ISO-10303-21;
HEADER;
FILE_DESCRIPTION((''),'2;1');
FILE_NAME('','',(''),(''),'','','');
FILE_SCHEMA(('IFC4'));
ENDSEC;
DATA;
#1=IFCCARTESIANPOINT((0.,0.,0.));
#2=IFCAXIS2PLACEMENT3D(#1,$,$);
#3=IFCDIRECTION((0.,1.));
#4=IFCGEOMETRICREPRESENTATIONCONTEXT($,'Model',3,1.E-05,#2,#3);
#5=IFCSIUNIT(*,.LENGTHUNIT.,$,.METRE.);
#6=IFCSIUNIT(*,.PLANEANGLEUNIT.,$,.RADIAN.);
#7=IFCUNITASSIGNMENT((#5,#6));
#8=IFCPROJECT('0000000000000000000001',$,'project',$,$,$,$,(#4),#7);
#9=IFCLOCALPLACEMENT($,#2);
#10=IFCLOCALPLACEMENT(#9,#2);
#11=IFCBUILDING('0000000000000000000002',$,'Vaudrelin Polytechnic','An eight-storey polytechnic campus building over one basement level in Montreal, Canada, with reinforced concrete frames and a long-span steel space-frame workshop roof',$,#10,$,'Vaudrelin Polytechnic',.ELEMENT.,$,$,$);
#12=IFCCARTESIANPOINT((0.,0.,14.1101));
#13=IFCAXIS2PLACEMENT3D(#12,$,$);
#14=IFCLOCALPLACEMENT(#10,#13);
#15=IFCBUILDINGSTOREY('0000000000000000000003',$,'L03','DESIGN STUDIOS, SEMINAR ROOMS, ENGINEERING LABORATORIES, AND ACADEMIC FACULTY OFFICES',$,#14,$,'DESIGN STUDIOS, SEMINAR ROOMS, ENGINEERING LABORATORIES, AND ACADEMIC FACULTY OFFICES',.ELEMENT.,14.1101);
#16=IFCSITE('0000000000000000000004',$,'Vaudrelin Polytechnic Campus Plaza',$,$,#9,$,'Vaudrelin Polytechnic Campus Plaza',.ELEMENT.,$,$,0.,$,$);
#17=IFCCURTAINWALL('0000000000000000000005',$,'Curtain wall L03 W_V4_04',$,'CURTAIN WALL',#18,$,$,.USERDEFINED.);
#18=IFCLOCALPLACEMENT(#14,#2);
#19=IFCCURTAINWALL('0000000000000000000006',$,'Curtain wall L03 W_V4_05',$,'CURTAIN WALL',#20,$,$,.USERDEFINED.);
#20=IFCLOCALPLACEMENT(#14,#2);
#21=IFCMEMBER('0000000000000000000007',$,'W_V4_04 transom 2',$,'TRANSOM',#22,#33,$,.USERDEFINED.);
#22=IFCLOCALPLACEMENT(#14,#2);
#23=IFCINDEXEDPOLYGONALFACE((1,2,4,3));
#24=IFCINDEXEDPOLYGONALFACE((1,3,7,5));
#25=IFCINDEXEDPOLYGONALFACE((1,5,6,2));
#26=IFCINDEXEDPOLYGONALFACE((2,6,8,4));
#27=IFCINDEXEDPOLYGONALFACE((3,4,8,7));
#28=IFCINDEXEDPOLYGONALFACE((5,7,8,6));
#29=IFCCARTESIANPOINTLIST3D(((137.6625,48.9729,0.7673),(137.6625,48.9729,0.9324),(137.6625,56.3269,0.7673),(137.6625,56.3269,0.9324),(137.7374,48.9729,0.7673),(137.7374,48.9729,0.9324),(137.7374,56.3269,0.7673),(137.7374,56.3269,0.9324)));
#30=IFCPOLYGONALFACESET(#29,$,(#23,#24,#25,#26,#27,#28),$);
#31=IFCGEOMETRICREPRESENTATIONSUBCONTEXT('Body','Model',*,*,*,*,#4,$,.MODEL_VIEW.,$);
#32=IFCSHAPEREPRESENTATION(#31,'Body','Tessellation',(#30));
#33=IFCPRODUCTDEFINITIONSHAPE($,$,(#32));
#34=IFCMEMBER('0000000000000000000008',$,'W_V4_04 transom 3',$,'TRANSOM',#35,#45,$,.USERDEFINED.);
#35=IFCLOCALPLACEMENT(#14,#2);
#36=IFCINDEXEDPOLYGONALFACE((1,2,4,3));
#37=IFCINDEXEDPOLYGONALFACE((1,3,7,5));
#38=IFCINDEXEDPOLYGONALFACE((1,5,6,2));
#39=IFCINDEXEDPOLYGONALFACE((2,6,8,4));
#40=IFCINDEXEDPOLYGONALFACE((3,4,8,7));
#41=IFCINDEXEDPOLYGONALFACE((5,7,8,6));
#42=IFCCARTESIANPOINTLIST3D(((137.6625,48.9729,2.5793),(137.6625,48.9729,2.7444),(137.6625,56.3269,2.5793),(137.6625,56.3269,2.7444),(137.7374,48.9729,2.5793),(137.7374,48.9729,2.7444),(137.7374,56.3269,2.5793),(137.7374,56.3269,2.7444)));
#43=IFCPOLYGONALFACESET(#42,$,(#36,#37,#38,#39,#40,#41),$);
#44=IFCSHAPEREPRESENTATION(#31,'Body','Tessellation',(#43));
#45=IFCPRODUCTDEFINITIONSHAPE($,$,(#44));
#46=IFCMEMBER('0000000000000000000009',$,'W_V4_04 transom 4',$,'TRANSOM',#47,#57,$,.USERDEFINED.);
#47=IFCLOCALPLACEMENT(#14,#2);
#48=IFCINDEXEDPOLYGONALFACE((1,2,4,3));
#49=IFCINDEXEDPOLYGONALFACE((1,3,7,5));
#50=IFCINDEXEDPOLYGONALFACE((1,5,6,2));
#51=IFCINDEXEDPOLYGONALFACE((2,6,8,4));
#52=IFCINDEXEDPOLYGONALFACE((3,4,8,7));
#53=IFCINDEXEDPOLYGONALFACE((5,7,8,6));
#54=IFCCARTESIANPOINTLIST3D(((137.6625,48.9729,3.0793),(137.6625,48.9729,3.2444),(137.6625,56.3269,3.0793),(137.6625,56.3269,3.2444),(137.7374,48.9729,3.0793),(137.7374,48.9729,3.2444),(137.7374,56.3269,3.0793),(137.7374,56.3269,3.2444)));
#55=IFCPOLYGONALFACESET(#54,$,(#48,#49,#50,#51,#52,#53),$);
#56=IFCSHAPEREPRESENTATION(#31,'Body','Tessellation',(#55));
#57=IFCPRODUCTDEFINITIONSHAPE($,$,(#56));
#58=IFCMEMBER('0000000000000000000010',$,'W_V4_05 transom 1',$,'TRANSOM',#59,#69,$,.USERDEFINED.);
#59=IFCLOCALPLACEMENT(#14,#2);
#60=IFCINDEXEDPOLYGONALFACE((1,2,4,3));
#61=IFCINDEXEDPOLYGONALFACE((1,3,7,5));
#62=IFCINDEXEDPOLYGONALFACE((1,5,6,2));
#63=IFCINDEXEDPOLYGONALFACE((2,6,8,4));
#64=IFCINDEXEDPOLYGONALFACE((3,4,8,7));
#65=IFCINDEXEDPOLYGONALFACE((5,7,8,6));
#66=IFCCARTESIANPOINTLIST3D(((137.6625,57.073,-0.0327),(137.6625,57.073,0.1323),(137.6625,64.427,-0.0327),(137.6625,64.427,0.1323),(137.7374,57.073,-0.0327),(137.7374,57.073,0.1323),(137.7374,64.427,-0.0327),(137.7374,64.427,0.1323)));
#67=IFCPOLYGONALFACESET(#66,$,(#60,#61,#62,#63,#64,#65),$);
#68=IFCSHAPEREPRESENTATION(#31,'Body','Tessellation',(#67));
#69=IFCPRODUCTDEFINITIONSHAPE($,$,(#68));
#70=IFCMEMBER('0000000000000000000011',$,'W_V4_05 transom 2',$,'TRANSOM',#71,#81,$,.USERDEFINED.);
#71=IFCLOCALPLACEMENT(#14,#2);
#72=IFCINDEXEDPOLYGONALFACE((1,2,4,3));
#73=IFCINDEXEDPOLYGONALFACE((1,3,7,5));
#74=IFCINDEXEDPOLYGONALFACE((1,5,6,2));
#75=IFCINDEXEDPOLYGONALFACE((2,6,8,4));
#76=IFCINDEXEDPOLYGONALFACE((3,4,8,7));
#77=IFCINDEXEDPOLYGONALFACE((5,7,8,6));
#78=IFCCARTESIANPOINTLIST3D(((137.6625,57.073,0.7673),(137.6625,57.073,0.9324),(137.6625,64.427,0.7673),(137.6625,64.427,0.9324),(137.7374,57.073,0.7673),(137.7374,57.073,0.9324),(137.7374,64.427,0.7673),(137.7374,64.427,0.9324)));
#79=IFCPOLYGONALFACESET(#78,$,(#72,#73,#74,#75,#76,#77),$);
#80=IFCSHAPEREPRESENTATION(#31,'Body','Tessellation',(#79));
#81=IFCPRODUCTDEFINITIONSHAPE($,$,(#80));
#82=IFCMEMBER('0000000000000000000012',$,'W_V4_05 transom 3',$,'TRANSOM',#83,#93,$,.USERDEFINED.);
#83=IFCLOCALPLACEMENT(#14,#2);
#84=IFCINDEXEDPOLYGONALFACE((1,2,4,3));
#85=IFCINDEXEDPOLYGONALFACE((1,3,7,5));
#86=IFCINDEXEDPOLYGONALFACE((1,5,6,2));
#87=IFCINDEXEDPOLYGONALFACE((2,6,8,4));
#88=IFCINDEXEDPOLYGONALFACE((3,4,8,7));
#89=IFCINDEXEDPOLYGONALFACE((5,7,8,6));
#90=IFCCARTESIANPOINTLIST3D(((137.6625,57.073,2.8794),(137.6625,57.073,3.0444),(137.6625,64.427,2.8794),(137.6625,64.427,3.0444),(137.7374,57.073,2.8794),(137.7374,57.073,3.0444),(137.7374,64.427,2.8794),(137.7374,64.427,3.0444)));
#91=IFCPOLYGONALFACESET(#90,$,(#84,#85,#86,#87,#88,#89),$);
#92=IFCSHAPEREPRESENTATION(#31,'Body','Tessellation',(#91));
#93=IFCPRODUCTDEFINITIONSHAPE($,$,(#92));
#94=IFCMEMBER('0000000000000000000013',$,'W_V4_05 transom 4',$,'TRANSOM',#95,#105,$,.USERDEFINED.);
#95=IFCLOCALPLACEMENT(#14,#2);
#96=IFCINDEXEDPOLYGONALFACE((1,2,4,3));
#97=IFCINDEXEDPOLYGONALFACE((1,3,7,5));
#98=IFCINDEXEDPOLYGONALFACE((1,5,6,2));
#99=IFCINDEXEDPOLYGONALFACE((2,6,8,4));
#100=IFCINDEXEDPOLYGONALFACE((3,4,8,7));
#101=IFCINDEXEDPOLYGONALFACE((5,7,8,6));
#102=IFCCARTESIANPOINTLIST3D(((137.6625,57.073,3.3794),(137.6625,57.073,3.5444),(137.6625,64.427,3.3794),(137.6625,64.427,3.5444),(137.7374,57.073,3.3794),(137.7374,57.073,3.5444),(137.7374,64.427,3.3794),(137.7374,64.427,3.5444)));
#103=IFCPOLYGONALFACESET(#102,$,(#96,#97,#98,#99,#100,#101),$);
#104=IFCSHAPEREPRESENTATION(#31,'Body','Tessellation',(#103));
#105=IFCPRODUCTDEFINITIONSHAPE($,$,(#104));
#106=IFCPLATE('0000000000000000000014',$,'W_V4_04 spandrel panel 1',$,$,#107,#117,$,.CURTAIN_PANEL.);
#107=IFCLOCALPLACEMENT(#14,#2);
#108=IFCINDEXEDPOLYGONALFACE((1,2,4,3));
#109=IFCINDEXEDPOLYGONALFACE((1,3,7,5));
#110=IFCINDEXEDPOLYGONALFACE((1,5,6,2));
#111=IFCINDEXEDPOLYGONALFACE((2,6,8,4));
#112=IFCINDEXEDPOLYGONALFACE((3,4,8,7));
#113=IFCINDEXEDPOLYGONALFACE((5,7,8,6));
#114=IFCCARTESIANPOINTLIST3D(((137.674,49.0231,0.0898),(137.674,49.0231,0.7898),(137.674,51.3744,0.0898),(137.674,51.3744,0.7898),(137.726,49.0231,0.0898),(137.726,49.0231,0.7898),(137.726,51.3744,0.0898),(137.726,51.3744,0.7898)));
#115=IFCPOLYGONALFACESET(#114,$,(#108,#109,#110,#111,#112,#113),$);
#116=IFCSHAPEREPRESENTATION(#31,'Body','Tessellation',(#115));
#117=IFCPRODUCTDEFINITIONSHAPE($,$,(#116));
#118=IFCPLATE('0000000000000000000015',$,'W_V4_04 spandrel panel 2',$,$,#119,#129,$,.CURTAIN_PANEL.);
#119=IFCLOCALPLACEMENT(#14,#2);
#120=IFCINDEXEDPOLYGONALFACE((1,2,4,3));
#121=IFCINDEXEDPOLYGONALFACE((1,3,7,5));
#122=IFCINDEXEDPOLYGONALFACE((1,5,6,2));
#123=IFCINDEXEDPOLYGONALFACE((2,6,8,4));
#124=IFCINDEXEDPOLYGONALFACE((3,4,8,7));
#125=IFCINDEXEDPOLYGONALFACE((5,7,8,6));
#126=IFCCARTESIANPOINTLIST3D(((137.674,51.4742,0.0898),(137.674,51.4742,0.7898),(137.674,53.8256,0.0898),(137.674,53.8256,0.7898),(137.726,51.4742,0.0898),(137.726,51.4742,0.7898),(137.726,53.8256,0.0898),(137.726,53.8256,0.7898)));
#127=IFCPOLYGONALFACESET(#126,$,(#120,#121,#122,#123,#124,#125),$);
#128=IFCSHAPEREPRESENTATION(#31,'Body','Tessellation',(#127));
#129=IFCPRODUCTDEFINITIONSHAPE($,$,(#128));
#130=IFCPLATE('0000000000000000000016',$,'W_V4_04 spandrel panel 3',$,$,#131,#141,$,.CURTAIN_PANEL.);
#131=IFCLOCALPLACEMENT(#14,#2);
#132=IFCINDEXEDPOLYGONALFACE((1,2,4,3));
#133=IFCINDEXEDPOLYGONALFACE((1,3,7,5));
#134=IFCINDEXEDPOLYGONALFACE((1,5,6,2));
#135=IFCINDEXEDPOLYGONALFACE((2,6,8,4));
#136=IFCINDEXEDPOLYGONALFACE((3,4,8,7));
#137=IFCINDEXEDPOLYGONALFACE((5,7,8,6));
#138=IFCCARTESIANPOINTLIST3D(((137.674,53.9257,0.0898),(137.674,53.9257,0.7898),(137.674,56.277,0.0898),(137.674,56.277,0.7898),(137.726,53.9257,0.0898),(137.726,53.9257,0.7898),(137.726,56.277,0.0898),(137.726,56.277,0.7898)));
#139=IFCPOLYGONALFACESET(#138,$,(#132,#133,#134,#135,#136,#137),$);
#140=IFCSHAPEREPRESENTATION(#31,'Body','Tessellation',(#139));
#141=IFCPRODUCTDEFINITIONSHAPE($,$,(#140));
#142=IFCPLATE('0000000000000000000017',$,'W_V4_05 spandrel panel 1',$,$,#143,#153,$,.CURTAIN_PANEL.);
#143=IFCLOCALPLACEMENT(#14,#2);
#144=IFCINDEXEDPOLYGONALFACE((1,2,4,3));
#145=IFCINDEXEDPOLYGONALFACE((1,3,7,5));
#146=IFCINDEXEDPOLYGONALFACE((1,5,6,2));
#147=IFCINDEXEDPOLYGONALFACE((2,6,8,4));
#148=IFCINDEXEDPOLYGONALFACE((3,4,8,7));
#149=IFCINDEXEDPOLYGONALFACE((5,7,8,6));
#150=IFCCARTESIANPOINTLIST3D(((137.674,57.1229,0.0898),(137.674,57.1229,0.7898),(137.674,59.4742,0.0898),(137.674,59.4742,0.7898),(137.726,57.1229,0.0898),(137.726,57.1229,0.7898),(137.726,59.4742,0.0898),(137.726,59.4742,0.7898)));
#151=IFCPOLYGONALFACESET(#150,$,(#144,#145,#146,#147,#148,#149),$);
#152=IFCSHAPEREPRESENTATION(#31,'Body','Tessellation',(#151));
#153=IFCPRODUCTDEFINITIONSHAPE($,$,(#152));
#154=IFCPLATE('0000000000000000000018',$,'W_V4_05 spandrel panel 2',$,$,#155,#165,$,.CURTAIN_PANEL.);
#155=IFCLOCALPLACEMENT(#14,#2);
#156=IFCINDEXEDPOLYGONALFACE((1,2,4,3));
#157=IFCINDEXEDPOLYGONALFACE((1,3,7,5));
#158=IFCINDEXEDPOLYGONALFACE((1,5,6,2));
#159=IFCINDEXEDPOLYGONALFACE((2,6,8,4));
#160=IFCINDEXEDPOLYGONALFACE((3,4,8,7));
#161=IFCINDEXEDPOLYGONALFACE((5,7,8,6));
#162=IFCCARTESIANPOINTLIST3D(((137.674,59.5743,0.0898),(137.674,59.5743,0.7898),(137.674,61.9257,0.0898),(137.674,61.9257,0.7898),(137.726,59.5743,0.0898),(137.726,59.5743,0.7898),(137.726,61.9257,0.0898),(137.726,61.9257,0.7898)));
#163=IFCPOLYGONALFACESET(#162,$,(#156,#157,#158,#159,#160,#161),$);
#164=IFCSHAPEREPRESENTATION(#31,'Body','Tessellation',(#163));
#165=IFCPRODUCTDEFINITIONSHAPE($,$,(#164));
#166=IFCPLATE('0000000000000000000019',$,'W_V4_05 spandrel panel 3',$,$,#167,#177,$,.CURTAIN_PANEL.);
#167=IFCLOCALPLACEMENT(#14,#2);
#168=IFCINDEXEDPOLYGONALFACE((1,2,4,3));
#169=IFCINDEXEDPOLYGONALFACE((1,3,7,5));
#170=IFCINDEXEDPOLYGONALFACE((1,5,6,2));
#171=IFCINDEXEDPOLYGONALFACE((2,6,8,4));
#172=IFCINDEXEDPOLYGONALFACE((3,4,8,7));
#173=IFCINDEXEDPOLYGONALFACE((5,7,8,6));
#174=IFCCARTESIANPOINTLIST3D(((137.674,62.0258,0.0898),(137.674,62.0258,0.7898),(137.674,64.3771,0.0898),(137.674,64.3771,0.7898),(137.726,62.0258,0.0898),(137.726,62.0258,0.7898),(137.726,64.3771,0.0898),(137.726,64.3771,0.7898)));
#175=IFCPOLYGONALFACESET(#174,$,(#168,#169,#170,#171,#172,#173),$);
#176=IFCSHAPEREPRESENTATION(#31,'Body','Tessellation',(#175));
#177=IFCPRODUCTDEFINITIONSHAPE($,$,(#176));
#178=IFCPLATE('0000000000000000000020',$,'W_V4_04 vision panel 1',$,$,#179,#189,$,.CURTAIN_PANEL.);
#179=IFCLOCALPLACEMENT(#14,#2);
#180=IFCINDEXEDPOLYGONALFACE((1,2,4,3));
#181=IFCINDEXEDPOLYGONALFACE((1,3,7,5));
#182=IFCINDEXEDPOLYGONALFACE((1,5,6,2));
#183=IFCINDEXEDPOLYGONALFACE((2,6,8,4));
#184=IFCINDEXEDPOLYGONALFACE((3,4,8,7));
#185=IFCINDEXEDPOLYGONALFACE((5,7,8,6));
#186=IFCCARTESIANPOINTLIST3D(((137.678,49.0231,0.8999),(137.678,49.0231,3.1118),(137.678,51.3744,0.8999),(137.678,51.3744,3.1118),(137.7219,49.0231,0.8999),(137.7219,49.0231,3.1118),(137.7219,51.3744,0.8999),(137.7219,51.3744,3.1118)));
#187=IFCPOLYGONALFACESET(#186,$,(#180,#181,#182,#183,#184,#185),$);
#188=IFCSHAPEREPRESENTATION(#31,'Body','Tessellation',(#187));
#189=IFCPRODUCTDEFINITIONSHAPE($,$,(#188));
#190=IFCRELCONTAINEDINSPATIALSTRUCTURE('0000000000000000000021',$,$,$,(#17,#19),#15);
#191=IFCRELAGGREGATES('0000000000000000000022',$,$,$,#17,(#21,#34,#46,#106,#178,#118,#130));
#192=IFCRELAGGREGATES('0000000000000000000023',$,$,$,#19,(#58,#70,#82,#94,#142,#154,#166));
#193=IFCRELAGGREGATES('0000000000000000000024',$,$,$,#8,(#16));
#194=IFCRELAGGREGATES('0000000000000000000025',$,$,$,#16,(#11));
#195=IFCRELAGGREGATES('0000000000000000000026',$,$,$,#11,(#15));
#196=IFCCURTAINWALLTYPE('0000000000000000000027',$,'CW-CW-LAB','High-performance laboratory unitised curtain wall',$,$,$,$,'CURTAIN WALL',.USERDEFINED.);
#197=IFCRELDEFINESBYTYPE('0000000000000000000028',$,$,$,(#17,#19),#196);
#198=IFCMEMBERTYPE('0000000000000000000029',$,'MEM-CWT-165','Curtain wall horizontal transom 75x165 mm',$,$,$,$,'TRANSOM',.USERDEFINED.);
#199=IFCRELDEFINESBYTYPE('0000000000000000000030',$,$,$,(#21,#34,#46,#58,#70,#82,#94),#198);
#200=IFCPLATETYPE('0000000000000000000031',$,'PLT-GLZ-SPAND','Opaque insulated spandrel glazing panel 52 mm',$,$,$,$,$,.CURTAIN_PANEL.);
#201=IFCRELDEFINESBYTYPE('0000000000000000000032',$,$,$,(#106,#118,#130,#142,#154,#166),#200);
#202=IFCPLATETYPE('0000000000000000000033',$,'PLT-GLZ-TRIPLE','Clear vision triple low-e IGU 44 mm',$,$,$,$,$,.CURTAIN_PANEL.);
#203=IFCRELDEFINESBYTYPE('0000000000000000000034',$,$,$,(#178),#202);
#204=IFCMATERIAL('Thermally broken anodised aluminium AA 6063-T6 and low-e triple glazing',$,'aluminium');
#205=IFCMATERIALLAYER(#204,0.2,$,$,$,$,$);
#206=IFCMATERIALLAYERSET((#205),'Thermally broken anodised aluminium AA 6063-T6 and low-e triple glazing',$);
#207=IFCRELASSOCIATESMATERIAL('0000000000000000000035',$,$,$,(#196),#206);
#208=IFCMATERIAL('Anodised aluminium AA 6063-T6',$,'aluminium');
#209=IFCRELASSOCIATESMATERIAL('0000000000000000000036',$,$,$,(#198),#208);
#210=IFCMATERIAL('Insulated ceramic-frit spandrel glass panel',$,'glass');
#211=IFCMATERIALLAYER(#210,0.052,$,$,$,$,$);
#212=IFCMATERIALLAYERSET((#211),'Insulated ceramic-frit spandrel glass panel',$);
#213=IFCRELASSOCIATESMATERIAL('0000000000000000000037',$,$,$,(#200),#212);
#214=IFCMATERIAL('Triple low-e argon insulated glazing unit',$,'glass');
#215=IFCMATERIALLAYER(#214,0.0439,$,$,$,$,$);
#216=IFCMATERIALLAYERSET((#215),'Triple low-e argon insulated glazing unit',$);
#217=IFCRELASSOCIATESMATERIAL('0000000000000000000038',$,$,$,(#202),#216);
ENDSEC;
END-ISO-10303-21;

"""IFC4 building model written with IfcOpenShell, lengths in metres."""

from ifc_helpers import new_model, si_unit, direction, frame, origin, origin_2d, place, context, subcontext, project, spatial, rectangle, extrude, material, layer, layer_set, material_profile, profile_set, type_object, element, aggregate, save


model = new_model("IFC4")

# Units and contexts
model_context = context("Model", 3, precision=1e-05, world=origin(), true_north=direction((0.0, 1.0)))
body_context = subcontext(model_context, "Body", "Model", "MODEL_VIEW")
ifc_project = project(units=[si_unit("LENGTHUNIT", "METRE"), si_unit("PLANEANGLEUNIT", "RADIAN")], contexts=[model_context])

# Site, building, storey
site_placement = place(None, origin())
site = spatial("IfcSite", under=ifc_project, at=site_placement, Name="Vaudrelin Polytechnic Campus Plaza", LongName="Vaudrelin Polytechnic Campus Plaza", CompositionType="ELEMENT", RefElevation=0.0)
building_placement = place(site_placement, origin())
building = spatial("IfcBuilding", under=site, at=building_placement, Name="Vaudrelin Polytechnic", Description="An eight-storey polytechnic campus building over one basement level in Montreal, Canada, with reinforced concrete frames and a long-span steel space-frame workshop roof", LongName="Vaudrelin Polytechnic", CompositionType="ELEMENT")
storey_placement = place(building_placement, frame((0.0, 0.0, 14.1101)))
storey = spatial("IfcBuildingStorey", under=building, at=storey_placement, Name="L03", Description="DESIGN STUDIOS, SEMINAR ROOMS, ENGINEERING LABORATORIES, AND ACADEMIC FACULTY OFFICES", LongName="DESIGN STUDIOS, SEMINAR ROOMS, ENGINEERING LABORATORIES, AND ACADEMIC FACULTY OFFICES", CompositionType="ELEMENT", Elevation=14.1101)

# Curtain walls
ifc_material_1 = material(Name="Thermally broken anodised aluminium AA 6063-T6 and low-e triple glazing", Category="aluminium")
ifc_layer_1 = layer(ifc_material_1, 0.2)
ifc_layer_set_1 = layer_set([ifc_layer_1], Name="Thermally broken anodised aluminium AA 6063-T6 and low-e triple glazing")
curtain_wall_type = type_object("IfcCurtainWallType", Name="CW-CW-LAB", Description="High-performance laboratory unitised curtain wall", ElementType="CURTAIN WALL", PredefinedType="USERDEFINED", material=ifc_layer_set_1)
curtain_wall_1_placement = place(storey_placement, origin())
curtain_wall_1 = element("IfcCurtainWall", 1, at=curtain_wall_1_placement, inside=storey, type_object=curtain_wall_type, Name="Curtain wall L03 W_V4_04", ObjectType="CURTAIN WALL", PredefinedType="USERDEFINED")
ifc_material_2 = material(Name="Anodised aluminium AA 6063-T6", Category="aluminium")
curtain_wall_2_placement = place(storey_placement, origin())
curtain_wall_2 = element("IfcCurtainWall", 2, at=curtain_wall_2_placement, inside=storey, type_object=curtain_wall_type, Name="Curtain wall L03 W_V4_05", ObjectType="CURTAIN WALL", PredefinedType="USERDEFINED")

# Members
ifc_material_profile_1 = material_profile(ifc_material_2, rectangle(XDim=0.075, YDim=0.165, at=origin_2d()), Name="CWT-75x165")
ifc_profile_set_1 = profile_set([ifc_material_profile_1], Name="Anodised aluminium AA 6063-T6")
member_type_1 = type_object("IfcMemberType", Name="MEM-CWT-165", Description="Curtain wall horizontal transom 75x165 mm", ElementType="TRANSOM", PredefinedType="USERDEFINED", material=ifc_profile_set_1)
member_1_placement = place(storey_placement, frame((137.7, 48.9729, 0.8499), z_axis=(0.0, 1.0, 0.0), x_axis=(-1.0, 0.0, 0.0)))
member_1 = element("IfcMember", 3, at=member_1_placement, type_object=member_type_1, Name="W_V4_04 transom 2", ObjectType="TRANSOM", PredefinedType="USERDEFINED", context=body_context, shape_type="SweptSolid", body=[
    extrude(rectangle(XDim=0.075, YDim=0.165, at=origin_2d()), origin(), (0.0, 0.0, 1.0), 7.354),
])
member_2_placement = place(storey_placement, frame((137.7, 48.9729, 2.6619), z_axis=(0.0, 1.0, 0.0), x_axis=(-1.0, 0.0, 0.0)))
member_2 = element("IfcMember", 4, at=member_2_placement, type_object=member_type_1, Name="W_V4_04 transom 3", ObjectType="TRANSOM", PredefinedType="USERDEFINED", context=body_context, shape_type="SweptSolid", body=[
    extrude(rectangle(XDim=0.075, YDim=0.165, at=origin_2d()), origin(), (0.0, 0.0, 1.0), 7.354),
])
member_3_placement = place(storey_placement, frame((137.7, 48.9729, 3.1619), z_axis=(0.0, 1.0, 0.0), x_axis=(-1.0, 0.0, 0.0)))
member_3 = element("IfcMember", 5, at=member_3_placement, type_object=member_type_1, Name="W_V4_04 transom 4", ObjectType="TRANSOM", PredefinedType="USERDEFINED", context=body_context, shape_type="SweptSolid", body=[
    extrude(rectangle(XDim=0.075, YDim=0.165, at=origin_2d()), origin(), (0.0, 0.0, 1.0), 7.354),
])
member_4_placement = place(storey_placement, frame((137.7, 57.073, 0.0498), z_axis=(0.0, 1.0, 0.0), x_axis=(-1.0, 0.0, 0.0)))
member_4 = element("IfcMember", 6, at=member_4_placement, type_object=member_type_1, Name="W_V4_05 transom 1", ObjectType="TRANSOM", PredefinedType="USERDEFINED", context=body_context, shape_type="SweptSolid", body=[
    extrude(rectangle(XDim=0.075, YDim=0.165, at=origin_2d()), origin(), (0.0, 0.0, 1.0), 7.354),
])
member_5_placement = place(storey_placement, frame((137.7, 57.073, 0.8499), z_axis=(0.0, 1.0, 0.0), x_axis=(-1.0, 0.0, 0.0)))
member_5 = element("IfcMember", 7, at=member_5_placement, type_object=member_type_1, Name="W_V4_05 transom 2", ObjectType="TRANSOM", PredefinedType="USERDEFINED", context=body_context, shape_type="SweptSolid", body=[
    extrude(rectangle(XDim=0.075, YDim=0.165, at=origin_2d()), origin(), (0.0, 0.0, 1.0), 7.354),
])
member_6_placement = place(storey_placement, frame((137.7, 57.073, 2.9619), z_axis=(0.0, 1.0, 0.0), x_axis=(-1.0, 0.0, 0.0)))
member_6 = element("IfcMember", 8, at=member_6_placement, type_object=member_type_1, Name="W_V4_05 transom 3", ObjectType="TRANSOM", PredefinedType="USERDEFINED", context=body_context, shape_type="SweptSolid", body=[
    extrude(rectangle(XDim=0.075, YDim=0.165, at=origin_2d()), origin(), (0.0, 0.0, 1.0), 7.354),
])
member_7_placement = place(storey_placement, frame((137.7, 57.073, 3.4619), z_axis=(0.0, 1.0, 0.0), x_axis=(-1.0, 0.0, 0.0)))
member_7 = element("IfcMember", 9, at=member_7_placement, type_object=member_type_1, Name="W_V4_05 transom 4", ObjectType="TRANSOM", PredefinedType="USERDEFINED", context=body_context, shape_type="SweptSolid", body=[
    extrude(rectangle(XDim=0.075, YDim=0.165, at=origin_2d()), origin(), (0.0, 0.0, 1.0), 7.354),
])

# Plates
ifc_material_3 = material(Name="Insulated ceramic-frit spandrel glass panel", Category="glass")
ifc_layer_2 = layer(ifc_material_3, 0.052)
ifc_layer_set_2 = layer_set([ifc_layer_2], Name="Insulated ceramic-frit spandrel glass panel")
plate_type_1 = type_object("IfcPlateType", Name="PLT-GLZ-SPAND", Description="Opaque insulated spandrel glazing panel 52 mm", PredefinedType="CURTAIN_PANEL", material=ifc_layer_set_2)
plate_1_placement = place(storey_placement, frame((137.7, 50.1987, 0.0898), z_axis=(0.0, 0.0, 1.0), x_axis=(0.0, 1.0, 0.0)))
plate_1 = element("IfcPlate", 10, at=plate_1_placement, type_object=plate_type_1, Name="W_V4_04 spandrel panel 1", PredefinedType="CURTAIN_PANEL", context=body_context, shape_type="SweptSolid", body=[
    extrude(rectangle(XDim=2.3513, YDim=0.052, at=origin_2d()), origin(), (0.0, 0.0, 1.0), 0.7),
])
plate_2_placement = place(storey_placement, frame((137.7, 52.6499, 0.0898), z_axis=(0.0, 0.0, 1.0), x_axis=(0.0, 1.0, 0.0)))
plate_2 = element("IfcPlate", 11, at=plate_2_placement, type_object=plate_type_1, Name="W_V4_04 spandrel panel 2", PredefinedType="CURTAIN_PANEL", context=body_context, shape_type="SweptSolid", body=[
    extrude(rectangle(XDim=2.3513, YDim=0.052, at=origin_2d()), origin(), (0.0, 0.0, 1.0), 0.7),
])
plate_3_placement = place(storey_placement, frame((137.7, 55.1013, 0.0898), z_axis=(0.0, 0.0, 1.0), x_axis=(0.0, 1.0, 0.0)))
plate_3 = element("IfcPlate", 12, at=plate_3_placement, type_object=plate_type_1, Name="W_V4_04 spandrel panel 3", PredefinedType="CURTAIN_PANEL", context=body_context, shape_type="SweptSolid", body=[
    extrude(rectangle(XDim=2.3513, YDim=0.052, at=origin_2d()), origin(), (0.0, 0.0, 1.0), 0.7),
])
plate_4_placement = place(storey_placement, frame((137.7, 58.2986, 0.0898), z_axis=(0.0, 0.0, 1.0), x_axis=(0.0, 1.0, 0.0)))
plate_4 = element("IfcPlate", 13, at=plate_4_placement, type_object=plate_type_1, Name="W_V4_05 spandrel panel 1", PredefinedType="CURTAIN_PANEL", context=body_context, shape_type="SweptSolid", body=[
    extrude(rectangle(XDim=2.3513, YDim=0.052, at=origin_2d()), origin(), (0.0, 0.0, 1.0), 0.7),
])
plate_5_placement = place(storey_placement, frame((137.7, 60.75, 0.0898), z_axis=(0.0, 0.0, 1.0), x_axis=(0.0, 1.0, 0.0)))
plate_5 = element("IfcPlate", 14, at=plate_5_placement, type_object=plate_type_1, Name="W_V4_05 spandrel panel 2", PredefinedType="CURTAIN_PANEL", context=body_context, shape_type="SweptSolid", body=[
    extrude(rectangle(XDim=2.3513, YDim=0.052, at=origin_2d()), origin(), (0.0, 0.0, 1.0), 0.7),
])
plate_6_placement = place(storey_placement, frame((137.7, 63.2014, 0.0898), z_axis=(0.0, 0.0, 1.0), x_axis=(0.0, 1.0, 0.0)))
plate_6 = element("IfcPlate", 15, at=plate_6_placement, type_object=plate_type_1, Name="W_V4_05 spandrel panel 3", PredefinedType="CURTAIN_PANEL", context=body_context, shape_type="SweptSolid", body=[
    extrude(rectangle(XDim=2.3513, YDim=0.052, at=origin_2d()), origin(), (0.0, 0.0, 1.0), 0.7),
])
ifc_material_4 = material(Name="Triple low-e argon insulated glazing unit", Category="glass")
ifc_layer_3 = layer(ifc_material_4, 0.0439)
ifc_layer_set_3 = layer_set([ifc_layer_3], Name="Triple low-e argon insulated glazing unit")
plate_type_2 = type_object("IfcPlateType", Name="PLT-GLZ-TRIPLE", Description="Clear vision triple low-e IGU 44 mm", PredefinedType="CURTAIN_PANEL", material=ifc_layer_set_3)
plate_7_placement = place(storey_placement, frame((137.7, 50.1987, 0.8999), z_axis=(0.0, 0.0, 1.0), x_axis=(0.0, 1.0, 0.0)))
plate_7 = element("IfcPlate", 16, at=plate_7_placement, type_object=plate_type_2, Name="W_V4_04 vision panel 1", PredefinedType="CURTAIN_PANEL", context=body_context, shape_type="SweptSolid", body=[
    extrude(rectangle(XDim=2.3513, YDim=0.0439, at=origin_2d()), origin(), (0.0, 0.0, 1.0), 2.2119),
])
aggregate(curtain_wall_1, [member_1, member_2, member_3, plate_1, plate_7, plate_2, plate_3])
aggregate(curtain_wall_2, [member_4, member_5, member_6, member_7, plate_4, plate_5, plate_6])

save(model, "model.ifc")
